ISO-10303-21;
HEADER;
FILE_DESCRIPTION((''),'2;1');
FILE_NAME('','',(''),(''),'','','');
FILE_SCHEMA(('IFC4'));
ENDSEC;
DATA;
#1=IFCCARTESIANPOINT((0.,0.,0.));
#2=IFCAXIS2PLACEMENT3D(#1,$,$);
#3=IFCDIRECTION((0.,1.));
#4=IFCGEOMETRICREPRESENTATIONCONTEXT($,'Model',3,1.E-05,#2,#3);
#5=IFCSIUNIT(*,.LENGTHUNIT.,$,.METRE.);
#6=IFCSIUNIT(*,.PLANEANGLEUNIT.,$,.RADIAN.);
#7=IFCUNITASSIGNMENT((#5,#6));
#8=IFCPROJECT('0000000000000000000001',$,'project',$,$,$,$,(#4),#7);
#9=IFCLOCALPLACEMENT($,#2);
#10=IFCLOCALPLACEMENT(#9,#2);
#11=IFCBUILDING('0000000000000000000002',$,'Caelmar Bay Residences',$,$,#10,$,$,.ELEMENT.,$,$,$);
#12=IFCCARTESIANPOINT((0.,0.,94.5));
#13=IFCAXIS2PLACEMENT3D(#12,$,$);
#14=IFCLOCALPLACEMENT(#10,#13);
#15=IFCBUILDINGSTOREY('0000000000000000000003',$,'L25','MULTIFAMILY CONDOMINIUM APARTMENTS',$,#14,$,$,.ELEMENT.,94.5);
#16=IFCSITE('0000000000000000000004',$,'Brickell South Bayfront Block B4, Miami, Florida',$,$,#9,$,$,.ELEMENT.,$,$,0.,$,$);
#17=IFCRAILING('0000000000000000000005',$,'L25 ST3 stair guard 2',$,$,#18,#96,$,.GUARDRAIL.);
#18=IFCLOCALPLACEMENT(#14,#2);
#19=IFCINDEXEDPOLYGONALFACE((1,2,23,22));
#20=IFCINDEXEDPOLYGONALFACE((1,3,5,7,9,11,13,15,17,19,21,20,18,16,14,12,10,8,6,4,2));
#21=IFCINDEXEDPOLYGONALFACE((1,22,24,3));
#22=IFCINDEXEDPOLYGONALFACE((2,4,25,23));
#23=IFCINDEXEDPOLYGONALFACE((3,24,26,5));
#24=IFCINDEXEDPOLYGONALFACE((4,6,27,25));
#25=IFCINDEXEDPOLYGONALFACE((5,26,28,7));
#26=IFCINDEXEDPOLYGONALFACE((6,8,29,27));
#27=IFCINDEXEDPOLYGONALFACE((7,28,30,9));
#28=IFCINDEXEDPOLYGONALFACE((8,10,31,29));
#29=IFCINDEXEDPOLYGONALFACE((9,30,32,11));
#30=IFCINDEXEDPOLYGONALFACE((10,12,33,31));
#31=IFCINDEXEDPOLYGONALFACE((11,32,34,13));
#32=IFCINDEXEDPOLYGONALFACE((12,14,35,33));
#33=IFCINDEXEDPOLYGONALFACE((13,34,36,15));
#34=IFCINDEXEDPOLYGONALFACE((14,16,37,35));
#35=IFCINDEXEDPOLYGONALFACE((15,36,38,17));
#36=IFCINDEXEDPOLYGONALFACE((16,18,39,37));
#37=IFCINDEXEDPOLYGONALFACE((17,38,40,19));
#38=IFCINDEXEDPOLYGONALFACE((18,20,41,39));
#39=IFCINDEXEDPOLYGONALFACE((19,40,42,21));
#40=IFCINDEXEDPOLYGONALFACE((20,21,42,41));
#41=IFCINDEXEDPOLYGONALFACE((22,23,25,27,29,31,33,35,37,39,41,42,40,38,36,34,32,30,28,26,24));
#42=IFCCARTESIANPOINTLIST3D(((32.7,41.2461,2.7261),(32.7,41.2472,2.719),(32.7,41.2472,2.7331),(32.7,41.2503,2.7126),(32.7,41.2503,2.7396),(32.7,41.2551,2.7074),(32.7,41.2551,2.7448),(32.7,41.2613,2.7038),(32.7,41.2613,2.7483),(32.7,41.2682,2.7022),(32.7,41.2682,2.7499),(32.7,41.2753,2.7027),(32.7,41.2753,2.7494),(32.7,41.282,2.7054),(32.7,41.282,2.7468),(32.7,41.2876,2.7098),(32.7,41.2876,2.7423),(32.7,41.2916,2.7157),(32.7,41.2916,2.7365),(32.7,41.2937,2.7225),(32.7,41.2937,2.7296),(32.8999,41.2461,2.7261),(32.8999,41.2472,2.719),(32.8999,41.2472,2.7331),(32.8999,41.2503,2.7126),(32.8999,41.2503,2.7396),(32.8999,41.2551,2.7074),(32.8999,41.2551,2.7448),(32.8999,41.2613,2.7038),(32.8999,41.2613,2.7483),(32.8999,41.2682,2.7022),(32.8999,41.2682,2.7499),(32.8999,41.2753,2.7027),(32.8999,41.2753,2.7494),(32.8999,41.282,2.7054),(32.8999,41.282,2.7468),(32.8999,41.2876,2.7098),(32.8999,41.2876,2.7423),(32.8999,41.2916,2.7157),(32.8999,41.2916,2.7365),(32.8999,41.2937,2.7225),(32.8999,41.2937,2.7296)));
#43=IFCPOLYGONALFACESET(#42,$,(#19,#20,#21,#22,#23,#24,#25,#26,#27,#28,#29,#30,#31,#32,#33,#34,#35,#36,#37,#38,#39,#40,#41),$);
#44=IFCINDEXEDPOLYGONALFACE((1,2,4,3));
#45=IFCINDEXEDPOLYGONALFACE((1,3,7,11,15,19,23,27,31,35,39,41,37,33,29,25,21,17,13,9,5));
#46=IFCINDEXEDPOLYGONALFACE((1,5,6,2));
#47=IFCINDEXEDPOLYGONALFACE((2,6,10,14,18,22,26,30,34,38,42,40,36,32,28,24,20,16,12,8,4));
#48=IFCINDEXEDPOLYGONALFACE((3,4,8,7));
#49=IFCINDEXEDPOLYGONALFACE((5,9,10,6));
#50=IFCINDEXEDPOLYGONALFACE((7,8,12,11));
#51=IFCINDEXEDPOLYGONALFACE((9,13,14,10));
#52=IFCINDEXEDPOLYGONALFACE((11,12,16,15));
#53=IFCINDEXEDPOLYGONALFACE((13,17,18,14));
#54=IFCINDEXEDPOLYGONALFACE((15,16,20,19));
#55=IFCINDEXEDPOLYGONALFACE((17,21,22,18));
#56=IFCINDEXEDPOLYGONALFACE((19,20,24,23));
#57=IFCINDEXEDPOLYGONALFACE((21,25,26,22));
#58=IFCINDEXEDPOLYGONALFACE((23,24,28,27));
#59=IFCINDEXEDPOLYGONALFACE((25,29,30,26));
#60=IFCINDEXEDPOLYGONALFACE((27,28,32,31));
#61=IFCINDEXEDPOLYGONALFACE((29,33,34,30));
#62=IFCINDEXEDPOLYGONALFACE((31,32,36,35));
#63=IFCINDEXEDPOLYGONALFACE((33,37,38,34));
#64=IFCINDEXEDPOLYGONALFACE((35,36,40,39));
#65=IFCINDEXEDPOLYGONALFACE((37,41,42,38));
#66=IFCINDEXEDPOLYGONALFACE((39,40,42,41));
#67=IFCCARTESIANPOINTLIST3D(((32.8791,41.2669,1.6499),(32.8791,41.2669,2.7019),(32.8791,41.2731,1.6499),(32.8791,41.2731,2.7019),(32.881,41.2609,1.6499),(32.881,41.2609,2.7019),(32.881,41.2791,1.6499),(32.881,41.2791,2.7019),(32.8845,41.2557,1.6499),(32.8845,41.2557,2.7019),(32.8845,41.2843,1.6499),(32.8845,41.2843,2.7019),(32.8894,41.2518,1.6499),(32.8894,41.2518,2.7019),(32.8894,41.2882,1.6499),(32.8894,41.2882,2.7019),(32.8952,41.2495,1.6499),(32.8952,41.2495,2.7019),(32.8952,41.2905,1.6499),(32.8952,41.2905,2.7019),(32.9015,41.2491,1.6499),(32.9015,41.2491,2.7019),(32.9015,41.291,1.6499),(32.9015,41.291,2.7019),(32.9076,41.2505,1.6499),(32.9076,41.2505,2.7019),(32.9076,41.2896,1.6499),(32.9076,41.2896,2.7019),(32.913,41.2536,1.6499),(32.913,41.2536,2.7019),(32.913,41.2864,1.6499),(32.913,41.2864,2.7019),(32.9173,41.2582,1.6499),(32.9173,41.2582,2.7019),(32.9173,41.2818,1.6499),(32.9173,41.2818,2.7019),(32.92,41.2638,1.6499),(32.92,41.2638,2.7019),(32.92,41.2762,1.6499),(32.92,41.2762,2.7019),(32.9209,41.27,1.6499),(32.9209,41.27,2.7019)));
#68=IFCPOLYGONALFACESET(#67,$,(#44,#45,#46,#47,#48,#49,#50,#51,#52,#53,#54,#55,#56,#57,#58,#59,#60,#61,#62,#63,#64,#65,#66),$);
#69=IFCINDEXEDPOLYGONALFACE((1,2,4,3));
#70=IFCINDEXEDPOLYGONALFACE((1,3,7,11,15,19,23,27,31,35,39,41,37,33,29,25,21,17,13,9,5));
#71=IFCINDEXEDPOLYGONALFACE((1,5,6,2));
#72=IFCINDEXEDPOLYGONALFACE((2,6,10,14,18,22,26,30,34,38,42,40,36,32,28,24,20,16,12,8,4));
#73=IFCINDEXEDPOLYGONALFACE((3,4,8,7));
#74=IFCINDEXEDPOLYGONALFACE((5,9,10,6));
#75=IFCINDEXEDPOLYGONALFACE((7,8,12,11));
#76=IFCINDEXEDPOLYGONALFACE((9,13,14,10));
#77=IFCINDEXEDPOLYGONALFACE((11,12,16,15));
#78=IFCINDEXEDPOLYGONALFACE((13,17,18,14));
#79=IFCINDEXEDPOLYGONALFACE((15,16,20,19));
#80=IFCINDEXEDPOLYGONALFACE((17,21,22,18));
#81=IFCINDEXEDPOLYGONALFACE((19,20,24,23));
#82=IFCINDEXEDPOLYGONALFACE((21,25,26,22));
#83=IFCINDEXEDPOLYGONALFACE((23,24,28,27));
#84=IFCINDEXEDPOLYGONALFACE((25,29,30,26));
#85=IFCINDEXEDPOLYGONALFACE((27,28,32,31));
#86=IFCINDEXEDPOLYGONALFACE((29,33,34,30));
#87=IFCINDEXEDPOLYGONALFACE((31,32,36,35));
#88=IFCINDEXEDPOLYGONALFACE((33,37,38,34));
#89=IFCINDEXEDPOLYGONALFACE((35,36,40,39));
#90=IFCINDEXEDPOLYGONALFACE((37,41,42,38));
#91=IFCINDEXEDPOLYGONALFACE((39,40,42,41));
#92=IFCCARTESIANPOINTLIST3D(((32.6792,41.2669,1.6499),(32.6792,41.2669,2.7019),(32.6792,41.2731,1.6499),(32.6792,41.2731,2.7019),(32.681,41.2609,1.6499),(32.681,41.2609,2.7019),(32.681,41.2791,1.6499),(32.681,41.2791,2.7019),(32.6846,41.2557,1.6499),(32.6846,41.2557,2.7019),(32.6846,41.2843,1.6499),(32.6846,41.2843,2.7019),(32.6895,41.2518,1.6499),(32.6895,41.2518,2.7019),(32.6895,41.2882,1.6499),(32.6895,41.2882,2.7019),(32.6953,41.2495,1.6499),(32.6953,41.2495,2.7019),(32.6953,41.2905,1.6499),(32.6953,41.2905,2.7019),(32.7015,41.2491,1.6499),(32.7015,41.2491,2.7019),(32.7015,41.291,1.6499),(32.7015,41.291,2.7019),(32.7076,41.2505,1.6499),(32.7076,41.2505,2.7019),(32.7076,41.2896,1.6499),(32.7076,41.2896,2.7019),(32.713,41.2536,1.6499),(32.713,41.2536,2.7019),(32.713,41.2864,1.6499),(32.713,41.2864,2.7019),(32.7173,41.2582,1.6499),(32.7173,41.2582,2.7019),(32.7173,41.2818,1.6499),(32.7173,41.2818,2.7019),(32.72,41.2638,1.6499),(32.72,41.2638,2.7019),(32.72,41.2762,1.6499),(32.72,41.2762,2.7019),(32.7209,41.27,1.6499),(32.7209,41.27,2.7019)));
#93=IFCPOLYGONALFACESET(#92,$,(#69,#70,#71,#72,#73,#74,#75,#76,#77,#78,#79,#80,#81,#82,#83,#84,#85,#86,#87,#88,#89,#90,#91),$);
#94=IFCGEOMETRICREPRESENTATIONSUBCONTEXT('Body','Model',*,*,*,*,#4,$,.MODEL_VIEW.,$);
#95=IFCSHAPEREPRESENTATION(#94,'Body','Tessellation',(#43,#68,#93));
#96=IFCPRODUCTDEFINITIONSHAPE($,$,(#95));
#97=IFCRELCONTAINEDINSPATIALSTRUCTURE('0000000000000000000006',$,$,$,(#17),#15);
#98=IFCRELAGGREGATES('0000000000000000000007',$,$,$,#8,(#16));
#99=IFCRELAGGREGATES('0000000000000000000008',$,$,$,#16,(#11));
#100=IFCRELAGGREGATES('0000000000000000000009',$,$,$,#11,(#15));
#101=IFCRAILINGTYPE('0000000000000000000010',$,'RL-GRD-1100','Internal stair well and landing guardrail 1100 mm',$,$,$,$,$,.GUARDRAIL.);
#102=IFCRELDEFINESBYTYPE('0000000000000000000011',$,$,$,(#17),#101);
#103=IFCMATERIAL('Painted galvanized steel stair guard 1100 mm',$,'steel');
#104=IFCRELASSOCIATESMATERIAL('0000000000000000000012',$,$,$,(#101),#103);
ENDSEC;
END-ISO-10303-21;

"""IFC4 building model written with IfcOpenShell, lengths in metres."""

from ifc_helpers import new_model, si_unit, direction, frame, origin, origin_2d, place, context, subcontext, project, spatial, circle, extrude, material, type_object, element, save


model = new_model("IFC4")

# Units and contexts
model_context = context("Model", 3, precision=1e-05, world=origin(), true_north=direction((0.0, 1.0)))
body_context = subcontext(model_context, "Body", "Model", "MODEL_VIEW")
ifc_project = project(units=[si_unit("LENGTHUNIT", "METRE"), si_unit("PLANEANGLEUNIT", "RADIAN")], contexts=[model_context])

# Site, building, storey
site_placement = place(None, origin())
site = spatial("IfcSite", under=ifc_project, at=site_placement, Name="Brickell South Bayfront Block B4, Miami, Florida", CompositionType="ELEMENT", RefElevation=0.0)
building_placement = place(site_placement, origin())
building = spatial("IfcBuilding", under=site, at=building_placement, Name="Caelmar Bay Residences", CompositionType="ELEMENT")
storey_placement = place(building_placement, frame((0.0, 0.0, 94.5)))
storey = spatial("IfcBuildingStorey", under=building, at=storey_placement, Name="L25", Description="MULTIFAMILY CONDOMINIUM APARTMENTS", CompositionType="ELEMENT", Elevation=94.5)

# Railing
ifc_material_1 = material(Name="Painted galvanized steel stair guard 1100 mm", Category="steel")
railing_type_1 = type_object("IfcRailingType", Name="RL-GRD-1100", Description="Internal stair well and landing guardrail 1100 mm", PredefinedType="GUARDRAIL", material=ifc_material_1)
railing_1_placement = place(storey_placement, frame((32.8999, 41.27, 1.6499)))
element("IfcRailing", 1, at=railing_1_placement, inside=storey, type_object=railing_type_1, Name="L25 ST3 stair guard 2", PredefinedType="GUARDRAIL", context=body_context, shape_type="SweptSolid", body=[
    extrude(circle(Radius=0.0239, at=origin_2d()), frame((0.0, 0.0, 1.0762), z_axis=(-1.0, 0.0, 0.0), x_axis=(0.0, -1.0, 0.0)), (0.0, 0.0, 1.0), 0.2),
    extrude(circle(Radius=0.021, at=origin_2d()), origin(), (0.0, 0.0, 1.0), 1.052),
    extrude(circle(Radius=0.021, at=origin_2d()), frame((-0.2, 0.0, 0.0)), (0.0, 0.0, 1.0), 1.052),
])

save(model, "model.ifc")
